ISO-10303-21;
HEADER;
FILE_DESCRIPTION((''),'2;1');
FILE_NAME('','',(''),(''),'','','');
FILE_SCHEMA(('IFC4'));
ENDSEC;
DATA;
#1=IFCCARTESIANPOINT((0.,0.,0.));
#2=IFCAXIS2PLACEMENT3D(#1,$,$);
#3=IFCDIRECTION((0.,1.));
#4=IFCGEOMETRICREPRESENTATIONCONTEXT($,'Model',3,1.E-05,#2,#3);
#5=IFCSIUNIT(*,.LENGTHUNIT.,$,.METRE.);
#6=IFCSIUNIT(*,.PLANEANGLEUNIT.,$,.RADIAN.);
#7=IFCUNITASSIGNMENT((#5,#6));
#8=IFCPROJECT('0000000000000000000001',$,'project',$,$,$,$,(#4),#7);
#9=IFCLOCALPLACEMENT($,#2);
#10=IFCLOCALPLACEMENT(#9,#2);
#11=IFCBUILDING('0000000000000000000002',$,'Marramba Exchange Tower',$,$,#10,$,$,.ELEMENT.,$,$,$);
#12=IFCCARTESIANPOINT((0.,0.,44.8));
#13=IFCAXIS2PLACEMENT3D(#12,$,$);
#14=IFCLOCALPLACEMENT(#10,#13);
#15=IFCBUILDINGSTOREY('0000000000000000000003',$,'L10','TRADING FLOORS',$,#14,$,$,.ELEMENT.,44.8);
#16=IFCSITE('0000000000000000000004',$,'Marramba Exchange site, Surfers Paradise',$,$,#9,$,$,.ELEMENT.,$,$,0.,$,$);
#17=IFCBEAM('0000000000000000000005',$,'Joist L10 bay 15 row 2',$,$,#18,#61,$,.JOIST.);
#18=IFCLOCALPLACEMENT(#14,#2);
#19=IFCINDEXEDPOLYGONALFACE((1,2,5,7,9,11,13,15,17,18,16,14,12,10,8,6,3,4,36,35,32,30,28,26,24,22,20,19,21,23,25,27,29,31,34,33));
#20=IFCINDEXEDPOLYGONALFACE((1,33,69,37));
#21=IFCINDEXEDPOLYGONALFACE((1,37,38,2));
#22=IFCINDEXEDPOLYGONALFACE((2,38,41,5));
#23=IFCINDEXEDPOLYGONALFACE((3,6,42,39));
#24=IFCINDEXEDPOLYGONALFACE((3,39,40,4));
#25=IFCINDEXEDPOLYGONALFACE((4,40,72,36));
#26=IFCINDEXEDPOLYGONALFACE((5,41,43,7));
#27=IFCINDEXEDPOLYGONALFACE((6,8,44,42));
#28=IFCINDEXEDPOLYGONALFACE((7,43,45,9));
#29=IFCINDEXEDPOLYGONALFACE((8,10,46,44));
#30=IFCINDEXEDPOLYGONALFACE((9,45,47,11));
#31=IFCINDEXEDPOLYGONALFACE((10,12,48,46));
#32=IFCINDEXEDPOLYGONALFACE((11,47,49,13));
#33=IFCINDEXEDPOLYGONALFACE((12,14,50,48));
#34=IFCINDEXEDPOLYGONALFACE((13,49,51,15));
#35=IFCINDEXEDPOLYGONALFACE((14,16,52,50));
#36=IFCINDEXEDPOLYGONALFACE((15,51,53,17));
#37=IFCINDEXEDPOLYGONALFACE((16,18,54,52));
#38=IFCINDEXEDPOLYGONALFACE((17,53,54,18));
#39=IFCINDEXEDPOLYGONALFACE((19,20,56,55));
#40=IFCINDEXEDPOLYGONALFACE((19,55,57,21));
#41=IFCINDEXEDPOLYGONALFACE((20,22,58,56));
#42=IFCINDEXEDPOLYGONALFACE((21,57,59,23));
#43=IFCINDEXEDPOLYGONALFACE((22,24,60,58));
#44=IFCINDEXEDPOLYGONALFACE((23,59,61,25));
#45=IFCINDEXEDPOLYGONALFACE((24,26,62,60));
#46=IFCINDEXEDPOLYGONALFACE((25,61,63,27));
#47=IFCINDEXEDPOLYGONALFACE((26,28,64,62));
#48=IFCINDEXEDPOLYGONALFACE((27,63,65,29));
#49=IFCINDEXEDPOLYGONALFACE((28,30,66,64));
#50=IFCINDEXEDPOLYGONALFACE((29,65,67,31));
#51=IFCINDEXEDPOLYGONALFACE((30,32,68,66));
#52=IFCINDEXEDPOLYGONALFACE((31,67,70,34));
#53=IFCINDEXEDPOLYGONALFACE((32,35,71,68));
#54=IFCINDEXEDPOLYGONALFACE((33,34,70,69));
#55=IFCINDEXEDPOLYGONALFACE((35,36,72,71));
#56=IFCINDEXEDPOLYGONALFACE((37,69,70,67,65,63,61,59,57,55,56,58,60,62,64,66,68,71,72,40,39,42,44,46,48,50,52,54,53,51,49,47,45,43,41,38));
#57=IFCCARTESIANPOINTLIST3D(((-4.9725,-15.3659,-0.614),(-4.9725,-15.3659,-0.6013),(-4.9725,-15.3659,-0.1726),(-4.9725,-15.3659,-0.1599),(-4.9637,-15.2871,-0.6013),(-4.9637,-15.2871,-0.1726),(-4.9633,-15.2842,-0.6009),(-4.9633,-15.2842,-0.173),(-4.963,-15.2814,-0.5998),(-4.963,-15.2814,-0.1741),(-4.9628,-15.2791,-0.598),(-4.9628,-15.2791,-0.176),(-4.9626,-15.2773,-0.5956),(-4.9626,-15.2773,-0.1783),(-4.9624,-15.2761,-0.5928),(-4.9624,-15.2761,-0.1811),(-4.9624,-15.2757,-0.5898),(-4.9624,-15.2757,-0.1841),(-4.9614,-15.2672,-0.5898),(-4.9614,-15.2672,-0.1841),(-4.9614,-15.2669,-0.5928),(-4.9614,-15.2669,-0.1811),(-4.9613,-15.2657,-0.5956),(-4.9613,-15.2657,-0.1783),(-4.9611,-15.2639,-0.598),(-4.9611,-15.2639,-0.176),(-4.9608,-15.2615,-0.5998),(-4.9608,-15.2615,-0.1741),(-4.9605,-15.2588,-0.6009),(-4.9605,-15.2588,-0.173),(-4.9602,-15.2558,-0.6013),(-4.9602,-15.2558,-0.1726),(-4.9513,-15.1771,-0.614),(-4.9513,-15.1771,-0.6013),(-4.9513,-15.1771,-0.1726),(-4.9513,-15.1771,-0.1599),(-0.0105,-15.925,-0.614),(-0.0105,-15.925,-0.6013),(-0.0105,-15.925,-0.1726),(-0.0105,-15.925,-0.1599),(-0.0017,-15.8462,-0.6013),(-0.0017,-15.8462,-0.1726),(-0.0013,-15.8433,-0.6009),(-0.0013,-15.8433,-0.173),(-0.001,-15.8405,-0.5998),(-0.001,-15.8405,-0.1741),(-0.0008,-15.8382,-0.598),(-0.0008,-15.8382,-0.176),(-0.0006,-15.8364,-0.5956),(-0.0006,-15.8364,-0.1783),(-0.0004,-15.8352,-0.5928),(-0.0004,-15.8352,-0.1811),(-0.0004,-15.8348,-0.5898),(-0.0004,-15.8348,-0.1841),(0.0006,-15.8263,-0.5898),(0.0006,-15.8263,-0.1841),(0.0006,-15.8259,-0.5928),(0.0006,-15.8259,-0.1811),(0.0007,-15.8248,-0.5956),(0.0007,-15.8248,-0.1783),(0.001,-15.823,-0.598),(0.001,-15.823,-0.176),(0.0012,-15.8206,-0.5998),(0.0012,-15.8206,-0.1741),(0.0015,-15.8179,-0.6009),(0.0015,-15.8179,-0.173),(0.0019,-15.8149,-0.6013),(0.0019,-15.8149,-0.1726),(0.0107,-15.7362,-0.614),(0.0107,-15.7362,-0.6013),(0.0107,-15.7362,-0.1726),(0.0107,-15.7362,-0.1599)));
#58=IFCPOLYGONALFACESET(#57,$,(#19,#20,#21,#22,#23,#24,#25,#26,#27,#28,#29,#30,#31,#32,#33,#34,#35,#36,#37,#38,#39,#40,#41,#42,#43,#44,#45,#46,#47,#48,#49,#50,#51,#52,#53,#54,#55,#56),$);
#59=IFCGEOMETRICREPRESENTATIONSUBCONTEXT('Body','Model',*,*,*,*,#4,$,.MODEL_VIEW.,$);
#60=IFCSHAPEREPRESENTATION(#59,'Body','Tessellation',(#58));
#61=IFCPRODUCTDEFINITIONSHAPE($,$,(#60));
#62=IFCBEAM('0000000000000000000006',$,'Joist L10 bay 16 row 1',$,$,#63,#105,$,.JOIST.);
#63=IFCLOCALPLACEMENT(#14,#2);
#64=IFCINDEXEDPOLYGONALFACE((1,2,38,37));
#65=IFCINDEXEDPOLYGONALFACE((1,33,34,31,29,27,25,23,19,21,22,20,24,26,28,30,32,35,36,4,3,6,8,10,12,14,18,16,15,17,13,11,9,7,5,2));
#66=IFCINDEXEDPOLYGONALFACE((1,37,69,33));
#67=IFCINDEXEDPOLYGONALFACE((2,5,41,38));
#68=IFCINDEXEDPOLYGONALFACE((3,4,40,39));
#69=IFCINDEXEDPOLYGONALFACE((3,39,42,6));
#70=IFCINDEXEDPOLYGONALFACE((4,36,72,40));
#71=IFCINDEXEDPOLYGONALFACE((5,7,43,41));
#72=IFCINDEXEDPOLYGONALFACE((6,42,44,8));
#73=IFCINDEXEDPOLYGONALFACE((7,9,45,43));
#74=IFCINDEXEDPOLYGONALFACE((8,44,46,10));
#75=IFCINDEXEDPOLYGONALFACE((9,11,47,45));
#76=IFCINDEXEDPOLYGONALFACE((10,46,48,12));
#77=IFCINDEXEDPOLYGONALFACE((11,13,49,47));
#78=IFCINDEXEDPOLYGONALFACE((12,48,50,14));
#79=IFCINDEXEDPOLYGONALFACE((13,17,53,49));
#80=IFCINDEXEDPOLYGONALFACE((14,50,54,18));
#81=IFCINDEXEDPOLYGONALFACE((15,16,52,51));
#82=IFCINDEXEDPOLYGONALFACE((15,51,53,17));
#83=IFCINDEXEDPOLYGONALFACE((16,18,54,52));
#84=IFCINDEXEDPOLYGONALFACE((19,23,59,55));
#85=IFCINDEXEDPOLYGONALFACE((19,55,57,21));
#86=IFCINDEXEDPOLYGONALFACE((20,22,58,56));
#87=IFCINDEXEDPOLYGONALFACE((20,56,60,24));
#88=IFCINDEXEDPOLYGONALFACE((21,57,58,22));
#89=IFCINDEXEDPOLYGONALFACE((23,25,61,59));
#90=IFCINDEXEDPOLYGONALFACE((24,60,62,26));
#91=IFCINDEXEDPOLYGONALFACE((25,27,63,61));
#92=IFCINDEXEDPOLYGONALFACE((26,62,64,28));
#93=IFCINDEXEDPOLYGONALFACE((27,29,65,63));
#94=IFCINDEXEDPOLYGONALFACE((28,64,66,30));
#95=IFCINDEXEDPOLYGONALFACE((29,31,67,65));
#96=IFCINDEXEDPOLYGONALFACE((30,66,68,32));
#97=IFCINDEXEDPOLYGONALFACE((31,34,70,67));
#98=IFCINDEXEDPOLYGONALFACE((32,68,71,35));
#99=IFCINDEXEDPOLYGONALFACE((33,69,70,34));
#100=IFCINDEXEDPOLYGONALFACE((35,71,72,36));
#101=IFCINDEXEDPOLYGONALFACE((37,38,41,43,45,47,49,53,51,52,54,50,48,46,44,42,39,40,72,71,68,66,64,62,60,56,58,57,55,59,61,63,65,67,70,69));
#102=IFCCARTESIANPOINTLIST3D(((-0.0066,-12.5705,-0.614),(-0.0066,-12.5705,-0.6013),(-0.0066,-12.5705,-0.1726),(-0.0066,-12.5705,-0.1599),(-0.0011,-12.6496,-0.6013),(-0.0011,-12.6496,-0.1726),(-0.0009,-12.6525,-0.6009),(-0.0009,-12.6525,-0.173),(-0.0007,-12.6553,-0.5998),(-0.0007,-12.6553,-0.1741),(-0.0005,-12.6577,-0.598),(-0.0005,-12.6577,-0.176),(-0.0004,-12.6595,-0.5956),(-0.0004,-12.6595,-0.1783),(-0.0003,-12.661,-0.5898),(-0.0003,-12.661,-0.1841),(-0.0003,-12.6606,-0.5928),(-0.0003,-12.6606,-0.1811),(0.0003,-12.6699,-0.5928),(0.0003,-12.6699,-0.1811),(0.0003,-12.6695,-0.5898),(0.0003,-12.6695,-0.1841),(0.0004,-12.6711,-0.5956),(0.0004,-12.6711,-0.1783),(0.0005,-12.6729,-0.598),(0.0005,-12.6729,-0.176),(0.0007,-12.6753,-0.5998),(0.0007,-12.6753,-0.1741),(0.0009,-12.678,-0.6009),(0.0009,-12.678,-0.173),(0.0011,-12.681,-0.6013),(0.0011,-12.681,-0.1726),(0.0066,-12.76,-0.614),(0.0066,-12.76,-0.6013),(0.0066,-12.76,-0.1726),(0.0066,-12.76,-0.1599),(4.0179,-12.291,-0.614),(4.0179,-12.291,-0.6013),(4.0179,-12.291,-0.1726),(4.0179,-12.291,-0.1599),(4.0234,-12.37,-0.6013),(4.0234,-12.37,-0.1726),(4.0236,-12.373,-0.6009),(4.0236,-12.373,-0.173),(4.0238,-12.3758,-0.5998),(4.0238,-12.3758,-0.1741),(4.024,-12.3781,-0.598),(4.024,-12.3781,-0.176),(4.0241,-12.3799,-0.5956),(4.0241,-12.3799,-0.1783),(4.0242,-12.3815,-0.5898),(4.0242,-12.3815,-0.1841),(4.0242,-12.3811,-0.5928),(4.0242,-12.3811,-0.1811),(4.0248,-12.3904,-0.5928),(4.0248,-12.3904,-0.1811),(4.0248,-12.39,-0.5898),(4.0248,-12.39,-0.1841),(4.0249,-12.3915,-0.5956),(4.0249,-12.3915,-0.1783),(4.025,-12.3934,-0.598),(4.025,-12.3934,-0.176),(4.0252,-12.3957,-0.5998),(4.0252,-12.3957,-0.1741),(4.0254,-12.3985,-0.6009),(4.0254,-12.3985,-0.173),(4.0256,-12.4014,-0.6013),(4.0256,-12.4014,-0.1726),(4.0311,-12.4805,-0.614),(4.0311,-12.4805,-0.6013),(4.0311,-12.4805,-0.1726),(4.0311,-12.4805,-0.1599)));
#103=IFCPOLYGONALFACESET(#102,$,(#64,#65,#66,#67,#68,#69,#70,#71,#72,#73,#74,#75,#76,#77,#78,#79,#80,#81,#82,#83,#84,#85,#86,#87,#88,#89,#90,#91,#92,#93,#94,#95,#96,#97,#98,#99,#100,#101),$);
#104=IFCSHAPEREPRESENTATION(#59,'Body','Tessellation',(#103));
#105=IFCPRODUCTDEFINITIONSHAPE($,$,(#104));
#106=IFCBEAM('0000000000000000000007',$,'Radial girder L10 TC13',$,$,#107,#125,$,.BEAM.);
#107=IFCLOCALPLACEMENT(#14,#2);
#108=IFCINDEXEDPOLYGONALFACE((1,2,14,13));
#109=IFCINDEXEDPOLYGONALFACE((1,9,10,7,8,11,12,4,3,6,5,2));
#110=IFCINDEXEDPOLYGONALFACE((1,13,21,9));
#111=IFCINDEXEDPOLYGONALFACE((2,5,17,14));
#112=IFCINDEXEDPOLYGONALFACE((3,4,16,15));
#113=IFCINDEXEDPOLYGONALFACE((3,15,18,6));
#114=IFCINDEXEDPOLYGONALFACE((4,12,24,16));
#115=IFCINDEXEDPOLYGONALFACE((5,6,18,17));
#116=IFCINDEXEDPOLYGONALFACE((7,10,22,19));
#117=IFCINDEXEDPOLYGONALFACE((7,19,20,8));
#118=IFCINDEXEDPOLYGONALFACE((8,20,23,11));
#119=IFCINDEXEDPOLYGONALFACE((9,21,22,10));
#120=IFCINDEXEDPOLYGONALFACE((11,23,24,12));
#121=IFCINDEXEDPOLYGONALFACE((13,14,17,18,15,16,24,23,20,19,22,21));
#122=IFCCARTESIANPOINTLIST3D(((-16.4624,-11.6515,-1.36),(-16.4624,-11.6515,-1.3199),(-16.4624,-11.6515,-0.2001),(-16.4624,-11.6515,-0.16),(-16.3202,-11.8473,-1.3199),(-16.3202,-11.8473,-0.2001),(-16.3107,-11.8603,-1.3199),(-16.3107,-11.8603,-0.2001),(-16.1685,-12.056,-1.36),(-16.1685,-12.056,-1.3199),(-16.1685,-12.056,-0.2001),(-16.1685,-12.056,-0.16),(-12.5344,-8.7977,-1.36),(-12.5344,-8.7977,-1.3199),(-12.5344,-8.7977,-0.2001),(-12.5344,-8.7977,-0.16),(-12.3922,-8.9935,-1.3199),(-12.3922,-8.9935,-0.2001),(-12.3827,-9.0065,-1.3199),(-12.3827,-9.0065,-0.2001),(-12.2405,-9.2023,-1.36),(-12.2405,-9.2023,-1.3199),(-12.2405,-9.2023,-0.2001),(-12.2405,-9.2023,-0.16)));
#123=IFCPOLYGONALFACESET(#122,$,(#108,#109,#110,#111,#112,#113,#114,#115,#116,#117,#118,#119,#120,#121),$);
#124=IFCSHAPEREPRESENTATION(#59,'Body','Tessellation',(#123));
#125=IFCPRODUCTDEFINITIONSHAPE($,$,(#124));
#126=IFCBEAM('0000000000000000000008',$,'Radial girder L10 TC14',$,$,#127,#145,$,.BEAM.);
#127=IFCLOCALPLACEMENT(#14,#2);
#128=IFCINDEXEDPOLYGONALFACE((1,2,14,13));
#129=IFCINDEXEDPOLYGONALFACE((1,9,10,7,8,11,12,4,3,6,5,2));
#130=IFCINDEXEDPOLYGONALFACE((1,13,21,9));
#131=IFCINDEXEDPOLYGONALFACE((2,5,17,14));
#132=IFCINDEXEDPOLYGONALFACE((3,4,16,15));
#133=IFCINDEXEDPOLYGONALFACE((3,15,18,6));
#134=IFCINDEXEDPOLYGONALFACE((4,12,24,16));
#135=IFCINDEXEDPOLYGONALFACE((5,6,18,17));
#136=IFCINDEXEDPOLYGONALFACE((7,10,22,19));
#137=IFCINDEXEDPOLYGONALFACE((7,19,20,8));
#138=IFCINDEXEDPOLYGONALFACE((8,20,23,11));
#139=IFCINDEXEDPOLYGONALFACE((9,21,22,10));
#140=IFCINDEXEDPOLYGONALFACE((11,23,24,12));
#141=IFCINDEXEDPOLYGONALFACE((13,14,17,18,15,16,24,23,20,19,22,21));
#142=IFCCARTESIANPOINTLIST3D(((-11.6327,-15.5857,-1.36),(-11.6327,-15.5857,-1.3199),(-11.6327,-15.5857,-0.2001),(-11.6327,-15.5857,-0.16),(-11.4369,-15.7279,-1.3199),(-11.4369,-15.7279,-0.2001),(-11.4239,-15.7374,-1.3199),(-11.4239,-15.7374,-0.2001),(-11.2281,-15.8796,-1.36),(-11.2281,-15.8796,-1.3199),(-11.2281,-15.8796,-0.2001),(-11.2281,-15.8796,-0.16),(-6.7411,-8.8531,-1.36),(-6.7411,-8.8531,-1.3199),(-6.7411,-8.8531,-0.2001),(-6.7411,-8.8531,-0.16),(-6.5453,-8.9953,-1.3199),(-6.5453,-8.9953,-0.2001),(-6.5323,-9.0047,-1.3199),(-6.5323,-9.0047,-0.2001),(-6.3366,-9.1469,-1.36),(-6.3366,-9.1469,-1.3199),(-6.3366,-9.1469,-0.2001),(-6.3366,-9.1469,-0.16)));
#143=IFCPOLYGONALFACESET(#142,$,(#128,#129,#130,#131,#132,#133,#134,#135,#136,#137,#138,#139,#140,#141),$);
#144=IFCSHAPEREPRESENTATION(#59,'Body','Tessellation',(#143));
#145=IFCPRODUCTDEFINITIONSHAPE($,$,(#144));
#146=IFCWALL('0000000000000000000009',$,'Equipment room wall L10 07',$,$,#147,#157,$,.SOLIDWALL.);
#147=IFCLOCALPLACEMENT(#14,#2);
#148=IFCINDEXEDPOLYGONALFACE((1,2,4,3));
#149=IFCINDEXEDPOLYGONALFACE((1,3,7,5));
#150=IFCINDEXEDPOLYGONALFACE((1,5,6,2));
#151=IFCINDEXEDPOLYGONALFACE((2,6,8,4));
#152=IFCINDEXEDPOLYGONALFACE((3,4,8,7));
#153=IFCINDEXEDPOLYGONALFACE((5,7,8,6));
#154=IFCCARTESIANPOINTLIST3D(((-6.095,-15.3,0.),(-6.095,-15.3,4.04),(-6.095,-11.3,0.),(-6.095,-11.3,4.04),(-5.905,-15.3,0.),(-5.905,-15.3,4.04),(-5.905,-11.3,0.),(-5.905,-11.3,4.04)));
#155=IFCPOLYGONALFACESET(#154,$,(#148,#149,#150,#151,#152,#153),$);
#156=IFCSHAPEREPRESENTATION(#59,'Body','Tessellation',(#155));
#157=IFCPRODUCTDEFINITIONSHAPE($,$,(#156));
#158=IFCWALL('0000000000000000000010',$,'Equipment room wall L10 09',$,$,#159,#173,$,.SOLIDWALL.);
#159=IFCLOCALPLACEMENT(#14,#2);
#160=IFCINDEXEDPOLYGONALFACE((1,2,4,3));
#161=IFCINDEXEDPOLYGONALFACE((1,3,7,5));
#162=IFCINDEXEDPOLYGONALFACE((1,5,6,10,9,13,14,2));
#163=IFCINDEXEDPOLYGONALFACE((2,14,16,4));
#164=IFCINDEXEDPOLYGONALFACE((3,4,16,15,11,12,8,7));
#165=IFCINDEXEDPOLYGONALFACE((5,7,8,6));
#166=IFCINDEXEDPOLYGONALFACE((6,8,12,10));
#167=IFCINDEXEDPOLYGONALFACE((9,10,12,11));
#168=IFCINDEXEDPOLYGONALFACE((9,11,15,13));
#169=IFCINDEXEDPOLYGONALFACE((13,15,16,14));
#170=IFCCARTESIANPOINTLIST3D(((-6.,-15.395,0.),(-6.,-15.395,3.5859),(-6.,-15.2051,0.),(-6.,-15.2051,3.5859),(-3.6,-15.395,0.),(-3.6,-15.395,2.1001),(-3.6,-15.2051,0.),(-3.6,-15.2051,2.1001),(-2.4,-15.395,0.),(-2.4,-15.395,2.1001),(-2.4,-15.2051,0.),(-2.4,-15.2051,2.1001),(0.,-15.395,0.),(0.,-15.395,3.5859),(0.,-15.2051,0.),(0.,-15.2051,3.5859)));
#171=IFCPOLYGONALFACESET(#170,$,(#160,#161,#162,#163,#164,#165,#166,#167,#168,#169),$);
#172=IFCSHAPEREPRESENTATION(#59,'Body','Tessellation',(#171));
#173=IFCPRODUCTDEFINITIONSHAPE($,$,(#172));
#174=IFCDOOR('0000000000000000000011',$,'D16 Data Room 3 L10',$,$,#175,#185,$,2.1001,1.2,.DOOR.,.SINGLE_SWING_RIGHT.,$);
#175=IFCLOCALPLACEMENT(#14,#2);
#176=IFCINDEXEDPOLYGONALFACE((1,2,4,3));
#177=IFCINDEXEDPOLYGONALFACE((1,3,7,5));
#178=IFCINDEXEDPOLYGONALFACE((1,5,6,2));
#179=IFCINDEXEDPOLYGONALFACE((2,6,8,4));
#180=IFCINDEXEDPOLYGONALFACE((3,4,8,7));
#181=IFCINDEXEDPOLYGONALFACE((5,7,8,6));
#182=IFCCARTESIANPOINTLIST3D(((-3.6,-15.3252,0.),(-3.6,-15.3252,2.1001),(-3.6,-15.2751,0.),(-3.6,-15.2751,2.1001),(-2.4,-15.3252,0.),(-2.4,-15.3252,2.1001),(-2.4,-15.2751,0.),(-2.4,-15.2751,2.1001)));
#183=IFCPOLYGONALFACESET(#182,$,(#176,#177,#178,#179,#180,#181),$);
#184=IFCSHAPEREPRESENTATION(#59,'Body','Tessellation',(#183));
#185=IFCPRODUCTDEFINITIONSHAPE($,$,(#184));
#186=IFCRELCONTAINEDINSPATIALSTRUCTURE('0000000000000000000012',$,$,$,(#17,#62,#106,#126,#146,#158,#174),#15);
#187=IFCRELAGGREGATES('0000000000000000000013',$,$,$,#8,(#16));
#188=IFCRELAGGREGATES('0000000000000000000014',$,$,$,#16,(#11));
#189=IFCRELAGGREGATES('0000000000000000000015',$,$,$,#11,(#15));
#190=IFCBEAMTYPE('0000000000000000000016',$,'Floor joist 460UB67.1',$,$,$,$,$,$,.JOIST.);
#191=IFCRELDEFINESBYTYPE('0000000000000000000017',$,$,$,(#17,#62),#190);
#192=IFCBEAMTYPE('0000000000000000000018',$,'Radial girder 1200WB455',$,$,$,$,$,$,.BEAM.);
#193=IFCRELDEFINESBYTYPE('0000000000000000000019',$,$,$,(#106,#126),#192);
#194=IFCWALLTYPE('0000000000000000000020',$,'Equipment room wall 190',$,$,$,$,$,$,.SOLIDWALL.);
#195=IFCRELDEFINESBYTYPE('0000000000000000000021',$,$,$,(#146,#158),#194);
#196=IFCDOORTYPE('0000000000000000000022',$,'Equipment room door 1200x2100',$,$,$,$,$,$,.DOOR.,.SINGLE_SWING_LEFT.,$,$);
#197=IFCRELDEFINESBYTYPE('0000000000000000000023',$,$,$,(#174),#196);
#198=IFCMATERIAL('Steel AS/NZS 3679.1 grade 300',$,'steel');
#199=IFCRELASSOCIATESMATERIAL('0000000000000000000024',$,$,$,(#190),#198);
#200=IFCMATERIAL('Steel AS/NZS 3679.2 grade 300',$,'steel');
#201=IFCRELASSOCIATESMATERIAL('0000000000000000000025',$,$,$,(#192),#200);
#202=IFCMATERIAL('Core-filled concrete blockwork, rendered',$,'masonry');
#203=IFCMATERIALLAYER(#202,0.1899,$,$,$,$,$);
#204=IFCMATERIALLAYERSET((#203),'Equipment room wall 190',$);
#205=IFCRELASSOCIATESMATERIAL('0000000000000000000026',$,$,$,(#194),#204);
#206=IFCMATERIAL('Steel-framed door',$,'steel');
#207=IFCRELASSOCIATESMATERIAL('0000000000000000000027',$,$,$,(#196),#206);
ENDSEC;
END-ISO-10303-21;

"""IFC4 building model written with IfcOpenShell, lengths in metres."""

from ifc_helpers import new_model, si_unit, direction, frame, frame_2d, origin, origin_2d, place, context, subcontext, project, spatial, rectangle, i_section, extrude, material, layer, layer_set, material_profile, profile_set, type_object, element, fill, save


model = new_model("IFC4")

# Units and contexts
model_context = context("Model", 3, precision=1e-05, world=origin(), true_north=direction((0.0, 1.0)))
body_context = subcontext(model_context, "Body", "Model", "MODEL_VIEW")
ifc_project = project(units=[si_unit("LENGTHUNIT", "METRE"), si_unit("PLANEANGLEUNIT", "RADIAN")], contexts=[model_context])

# Site, building, storey
site_placement = place(None, origin())
site = spatial("IfcSite", under=ifc_project, at=site_placement, Name="Marramba Exchange site, Surfers Paradise", CompositionType="ELEMENT", RefElevation=0.0)
building_placement = place(site_placement, origin())
building = spatial("IfcBuilding", under=site, at=building_placement, Name="Marramba Exchange Tower", CompositionType="ELEMENT")
storey_placement = place(building_placement, frame((0.0, 0.0, 44.8)))
storey = spatial("IfcBuildingStorey", under=building, at=storey_placement, Name="L10", Description="TRADING FLOORS", CompositionType="ELEMENT", Elevation=44.8)

# Beams
ifc_material_1 = material(Name="Steel AS/NZS 3679.2 grade 300", Category="steel")
ifc_material_2 = material(Name="Steel AS/NZS 3679.1 grade 300", Category="steel")
ifc_material_profile_1 = material_profile(ifc_material_2, i_section(OverallWidth=0.1899, OverallDepth=0.4541, WebThickness=0.0085, FlangeThickness=0.0127, FilletRadius=0.0115, at=origin_2d()), Name="460UB67.1")
ifc_profile_set_1 = profile_set([ifc_material_profile_1], Name="Steel AS/NZS 3679.1 grade 300")
beam_type_1 = type_object("IfcBeamType", Name="Floor joist 460UB67.1", PredefinedType="JOIST", material=ifc_profile_set_1)
beam_1_placement = place(storey_placement, frame((-4.9619, -15.2715, -0.387), z_axis=(0.993712, -0.111966, 0.0), x_axis=(0.111966, 0.993712, 0.0)))
element("IfcBeam", 1, at=beam_1_placement, inside=storey, type_object=beam_type_1, Name="Joist L10 bay 15 row 2", PredefinedType="JOIST", context=body_context, shape_type="SweptSolid", body=[
    extrude(i_section(OverallWidth=0.1899, OverallDepth=0.4541, WebThickness=0.0085, FlangeThickness=0.0127, FilletRadius=0.0115, at=origin_2d()), origin(), (0.0, 0.0, 1.0), 4.9934),
])
beam_2_placement = place(storey_placement, frame((0.0, -12.6653, -0.387), z_axis=(0.997596, 0.069294, 0.0), x_axis=(-0.069294, 0.997596, 0.0)))
element("IfcBeam", 2, at=beam_2_placement, inside=storey, type_object=beam_type_1, Name="Joist L10 bay 16 row 1", PredefinedType="JOIST", context=body_context, shape_type="SweptSolid", body=[
    extrude(i_section(OverallWidth=0.1899, OverallDepth=0.4541, WebThickness=0.0085, FlangeThickness=0.0127, FilletRadius=0.0115, at=origin_2d()), origin(), (0.0, 0.0, 1.0), 4.0342),
])
ifc_material_profile_2 = material_profile(ifc_material_1, i_section(OverallWidth=0.5, OverallDepth=1.2, WebThickness=0.0161, FlangeThickness=0.04, at=origin_2d()), Name="1200WB455")
ifc_profile_set_2 = profile_set([ifc_material_profile_2], Name="Steel AS/NZS 3679.2 grade 300")
beam_type_2 = type_object("IfcBeamType", Name="Radial girder 1200WB455", PredefinedType="BEAM", material=ifc_profile_set_2)
beam_3_placement = place(storey_placement, frame((-12.3875, -9.0, -0.76), z_axis=(-0.809025, -0.587774, 0.0), x_axis=(0.587774, -0.809025, 0.0)))
element("IfcBeam", 3, at=beam_3_placement, inside=storey, type_object=beam_type_2, Name="Radial girder L10 TC13", PredefinedType="BEAM", context=body_context, shape_type="SweptSolid", body=[
    extrude(i_section(OverallWidth=0.5, OverallDepth=1.2, WebThickness=0.0161, FlangeThickness=0.04, at=origin_2d()), origin(), (0.0, 0.0, 1.0), 4.8552),
])
beam_4_placement = place(storey_placement, frame((-6.5388, -9.0, -0.76), z_axis=(-0.587788, -0.809015, 0.0), x_axis=(0.809015, -0.587788, 0.0)))
element("IfcBeam", 4, at=beam_4_placement, inside=storey, type_object=beam_type_2, Name="Radial girder L10 TC14", PredefinedType="BEAM", context=body_context, shape_type="SweptSolid", body=[
    extrude(i_section(OverallWidth=0.5, OverallDepth=1.2, WebThickness=0.0161, FlangeThickness=0.04, at=origin_2d()), origin(), (0.0, 0.0, 1.0), 8.322),
])

# Wall
ifc_material_3 = material(Name="Core-filled concrete blockwork, rendered", Category="masonry")
ifc_layer_1 = layer(ifc_material_3, 0.1899)
ifc_layer_set_1 = layer_set([ifc_layer_1], Name="Equipment room wall 190")
wall_type_1 = type_object("IfcWallType", Name="Equipment room wall 190", PredefinedType="SOLIDWALL", material=ifc_layer_set_1)
wall_1_placement = place(storey_placement, frame((-6.0, -15.3, 0.0), z_axis=(0.0, 0.0, 1.0), x_axis=(0.0, 1.0, 0.0)))
element("IfcWall", 5, at=wall_1_placement, inside=storey, type_object=wall_type_1, Name="Equipment room wall L10 07", PredefinedType="SOLIDWALL", context=body_context, shape_type="SweptSolid", body=[
    extrude(rectangle(XDim=4.0, YDim=0.1899, at=frame_2d((2.0, 0.0))), origin(), (0.0, 0.0, 1.0), 4.04),
])

# Wall, opening, door
wall_2_placement = place(storey_placement, frame((-6.0, -15.3, 0.0), z_axis=(0.0, 0.0, 1.0), x_axis=(1.0, 0.0, 0.0)))
wall_2 = element("IfcWall", 6, at=wall_2_placement, inside=storey, type_object=wall_type_1, Name="Equipment room wall L10 09", PredefinedType="SOLIDWALL", context=body_context, shape_type="SweptSolid", body=[
    extrude(rectangle(XDim=6.0, YDim=0.1899, at=frame_2d((3.0, 0.0))), origin(), (0.0, 0.0, 1.0), 3.5859),
])
opening_1_placement = place(wall_2_placement, frame((2.3999, 0.0, 0.0)))
opening_1 = element("IfcOpeningElement", 7, at=opening_1_placement, cuts=wall_2, PredefinedType="OPENING", context=body_context, shape_type="SweptSolid", body=[
    extrude(rectangle(XDim=1.2, YDim=2.1001, at=frame_2d((0.6001, 1.05))), frame((0.0, 0.105, 0.0), z_axis=(0.0, -1.0, 0.0), x_axis=(1.0, 0.0, 0.0)), (0.0, 0.0, 1.0), 0.21),
])
ifc_material_4 = material(Name="Steel-framed door", Category="steel")
door_type_1 = type_object("IfcDoorType", Name="Equipment room door 1200x2100", OperationType="SINGLE_SWING_LEFT", PredefinedType="DOOR", material=ifc_material_4)
door_1_placement = place(opening_1_placement, origin())
door_1 = element("IfcDoor", 8, at=door_1_placement, inside=storey, type_object=door_type_1, Name="D16 Data Room 3 L10", OperationType="SINGLE_SWING_RIGHT", OverallHeight=2.1001, OverallWidth=1.2, PredefinedType="DOOR", context=body_context, shape_type="SweptSolid", body=[
    extrude(rectangle(XDim=1.2, YDim=2.1001, at=frame_2d((0.6001, 1.05))), frame((0.0, 0.0249, 0.0), z_axis=(0.0, -1.0, 0.0), x_axis=(1.0, 0.0, 0.0)), (0.0, 0.0, 1.0), 0.05),
])
fill(opening_1, door_1)

save(model, "model.ifc")
